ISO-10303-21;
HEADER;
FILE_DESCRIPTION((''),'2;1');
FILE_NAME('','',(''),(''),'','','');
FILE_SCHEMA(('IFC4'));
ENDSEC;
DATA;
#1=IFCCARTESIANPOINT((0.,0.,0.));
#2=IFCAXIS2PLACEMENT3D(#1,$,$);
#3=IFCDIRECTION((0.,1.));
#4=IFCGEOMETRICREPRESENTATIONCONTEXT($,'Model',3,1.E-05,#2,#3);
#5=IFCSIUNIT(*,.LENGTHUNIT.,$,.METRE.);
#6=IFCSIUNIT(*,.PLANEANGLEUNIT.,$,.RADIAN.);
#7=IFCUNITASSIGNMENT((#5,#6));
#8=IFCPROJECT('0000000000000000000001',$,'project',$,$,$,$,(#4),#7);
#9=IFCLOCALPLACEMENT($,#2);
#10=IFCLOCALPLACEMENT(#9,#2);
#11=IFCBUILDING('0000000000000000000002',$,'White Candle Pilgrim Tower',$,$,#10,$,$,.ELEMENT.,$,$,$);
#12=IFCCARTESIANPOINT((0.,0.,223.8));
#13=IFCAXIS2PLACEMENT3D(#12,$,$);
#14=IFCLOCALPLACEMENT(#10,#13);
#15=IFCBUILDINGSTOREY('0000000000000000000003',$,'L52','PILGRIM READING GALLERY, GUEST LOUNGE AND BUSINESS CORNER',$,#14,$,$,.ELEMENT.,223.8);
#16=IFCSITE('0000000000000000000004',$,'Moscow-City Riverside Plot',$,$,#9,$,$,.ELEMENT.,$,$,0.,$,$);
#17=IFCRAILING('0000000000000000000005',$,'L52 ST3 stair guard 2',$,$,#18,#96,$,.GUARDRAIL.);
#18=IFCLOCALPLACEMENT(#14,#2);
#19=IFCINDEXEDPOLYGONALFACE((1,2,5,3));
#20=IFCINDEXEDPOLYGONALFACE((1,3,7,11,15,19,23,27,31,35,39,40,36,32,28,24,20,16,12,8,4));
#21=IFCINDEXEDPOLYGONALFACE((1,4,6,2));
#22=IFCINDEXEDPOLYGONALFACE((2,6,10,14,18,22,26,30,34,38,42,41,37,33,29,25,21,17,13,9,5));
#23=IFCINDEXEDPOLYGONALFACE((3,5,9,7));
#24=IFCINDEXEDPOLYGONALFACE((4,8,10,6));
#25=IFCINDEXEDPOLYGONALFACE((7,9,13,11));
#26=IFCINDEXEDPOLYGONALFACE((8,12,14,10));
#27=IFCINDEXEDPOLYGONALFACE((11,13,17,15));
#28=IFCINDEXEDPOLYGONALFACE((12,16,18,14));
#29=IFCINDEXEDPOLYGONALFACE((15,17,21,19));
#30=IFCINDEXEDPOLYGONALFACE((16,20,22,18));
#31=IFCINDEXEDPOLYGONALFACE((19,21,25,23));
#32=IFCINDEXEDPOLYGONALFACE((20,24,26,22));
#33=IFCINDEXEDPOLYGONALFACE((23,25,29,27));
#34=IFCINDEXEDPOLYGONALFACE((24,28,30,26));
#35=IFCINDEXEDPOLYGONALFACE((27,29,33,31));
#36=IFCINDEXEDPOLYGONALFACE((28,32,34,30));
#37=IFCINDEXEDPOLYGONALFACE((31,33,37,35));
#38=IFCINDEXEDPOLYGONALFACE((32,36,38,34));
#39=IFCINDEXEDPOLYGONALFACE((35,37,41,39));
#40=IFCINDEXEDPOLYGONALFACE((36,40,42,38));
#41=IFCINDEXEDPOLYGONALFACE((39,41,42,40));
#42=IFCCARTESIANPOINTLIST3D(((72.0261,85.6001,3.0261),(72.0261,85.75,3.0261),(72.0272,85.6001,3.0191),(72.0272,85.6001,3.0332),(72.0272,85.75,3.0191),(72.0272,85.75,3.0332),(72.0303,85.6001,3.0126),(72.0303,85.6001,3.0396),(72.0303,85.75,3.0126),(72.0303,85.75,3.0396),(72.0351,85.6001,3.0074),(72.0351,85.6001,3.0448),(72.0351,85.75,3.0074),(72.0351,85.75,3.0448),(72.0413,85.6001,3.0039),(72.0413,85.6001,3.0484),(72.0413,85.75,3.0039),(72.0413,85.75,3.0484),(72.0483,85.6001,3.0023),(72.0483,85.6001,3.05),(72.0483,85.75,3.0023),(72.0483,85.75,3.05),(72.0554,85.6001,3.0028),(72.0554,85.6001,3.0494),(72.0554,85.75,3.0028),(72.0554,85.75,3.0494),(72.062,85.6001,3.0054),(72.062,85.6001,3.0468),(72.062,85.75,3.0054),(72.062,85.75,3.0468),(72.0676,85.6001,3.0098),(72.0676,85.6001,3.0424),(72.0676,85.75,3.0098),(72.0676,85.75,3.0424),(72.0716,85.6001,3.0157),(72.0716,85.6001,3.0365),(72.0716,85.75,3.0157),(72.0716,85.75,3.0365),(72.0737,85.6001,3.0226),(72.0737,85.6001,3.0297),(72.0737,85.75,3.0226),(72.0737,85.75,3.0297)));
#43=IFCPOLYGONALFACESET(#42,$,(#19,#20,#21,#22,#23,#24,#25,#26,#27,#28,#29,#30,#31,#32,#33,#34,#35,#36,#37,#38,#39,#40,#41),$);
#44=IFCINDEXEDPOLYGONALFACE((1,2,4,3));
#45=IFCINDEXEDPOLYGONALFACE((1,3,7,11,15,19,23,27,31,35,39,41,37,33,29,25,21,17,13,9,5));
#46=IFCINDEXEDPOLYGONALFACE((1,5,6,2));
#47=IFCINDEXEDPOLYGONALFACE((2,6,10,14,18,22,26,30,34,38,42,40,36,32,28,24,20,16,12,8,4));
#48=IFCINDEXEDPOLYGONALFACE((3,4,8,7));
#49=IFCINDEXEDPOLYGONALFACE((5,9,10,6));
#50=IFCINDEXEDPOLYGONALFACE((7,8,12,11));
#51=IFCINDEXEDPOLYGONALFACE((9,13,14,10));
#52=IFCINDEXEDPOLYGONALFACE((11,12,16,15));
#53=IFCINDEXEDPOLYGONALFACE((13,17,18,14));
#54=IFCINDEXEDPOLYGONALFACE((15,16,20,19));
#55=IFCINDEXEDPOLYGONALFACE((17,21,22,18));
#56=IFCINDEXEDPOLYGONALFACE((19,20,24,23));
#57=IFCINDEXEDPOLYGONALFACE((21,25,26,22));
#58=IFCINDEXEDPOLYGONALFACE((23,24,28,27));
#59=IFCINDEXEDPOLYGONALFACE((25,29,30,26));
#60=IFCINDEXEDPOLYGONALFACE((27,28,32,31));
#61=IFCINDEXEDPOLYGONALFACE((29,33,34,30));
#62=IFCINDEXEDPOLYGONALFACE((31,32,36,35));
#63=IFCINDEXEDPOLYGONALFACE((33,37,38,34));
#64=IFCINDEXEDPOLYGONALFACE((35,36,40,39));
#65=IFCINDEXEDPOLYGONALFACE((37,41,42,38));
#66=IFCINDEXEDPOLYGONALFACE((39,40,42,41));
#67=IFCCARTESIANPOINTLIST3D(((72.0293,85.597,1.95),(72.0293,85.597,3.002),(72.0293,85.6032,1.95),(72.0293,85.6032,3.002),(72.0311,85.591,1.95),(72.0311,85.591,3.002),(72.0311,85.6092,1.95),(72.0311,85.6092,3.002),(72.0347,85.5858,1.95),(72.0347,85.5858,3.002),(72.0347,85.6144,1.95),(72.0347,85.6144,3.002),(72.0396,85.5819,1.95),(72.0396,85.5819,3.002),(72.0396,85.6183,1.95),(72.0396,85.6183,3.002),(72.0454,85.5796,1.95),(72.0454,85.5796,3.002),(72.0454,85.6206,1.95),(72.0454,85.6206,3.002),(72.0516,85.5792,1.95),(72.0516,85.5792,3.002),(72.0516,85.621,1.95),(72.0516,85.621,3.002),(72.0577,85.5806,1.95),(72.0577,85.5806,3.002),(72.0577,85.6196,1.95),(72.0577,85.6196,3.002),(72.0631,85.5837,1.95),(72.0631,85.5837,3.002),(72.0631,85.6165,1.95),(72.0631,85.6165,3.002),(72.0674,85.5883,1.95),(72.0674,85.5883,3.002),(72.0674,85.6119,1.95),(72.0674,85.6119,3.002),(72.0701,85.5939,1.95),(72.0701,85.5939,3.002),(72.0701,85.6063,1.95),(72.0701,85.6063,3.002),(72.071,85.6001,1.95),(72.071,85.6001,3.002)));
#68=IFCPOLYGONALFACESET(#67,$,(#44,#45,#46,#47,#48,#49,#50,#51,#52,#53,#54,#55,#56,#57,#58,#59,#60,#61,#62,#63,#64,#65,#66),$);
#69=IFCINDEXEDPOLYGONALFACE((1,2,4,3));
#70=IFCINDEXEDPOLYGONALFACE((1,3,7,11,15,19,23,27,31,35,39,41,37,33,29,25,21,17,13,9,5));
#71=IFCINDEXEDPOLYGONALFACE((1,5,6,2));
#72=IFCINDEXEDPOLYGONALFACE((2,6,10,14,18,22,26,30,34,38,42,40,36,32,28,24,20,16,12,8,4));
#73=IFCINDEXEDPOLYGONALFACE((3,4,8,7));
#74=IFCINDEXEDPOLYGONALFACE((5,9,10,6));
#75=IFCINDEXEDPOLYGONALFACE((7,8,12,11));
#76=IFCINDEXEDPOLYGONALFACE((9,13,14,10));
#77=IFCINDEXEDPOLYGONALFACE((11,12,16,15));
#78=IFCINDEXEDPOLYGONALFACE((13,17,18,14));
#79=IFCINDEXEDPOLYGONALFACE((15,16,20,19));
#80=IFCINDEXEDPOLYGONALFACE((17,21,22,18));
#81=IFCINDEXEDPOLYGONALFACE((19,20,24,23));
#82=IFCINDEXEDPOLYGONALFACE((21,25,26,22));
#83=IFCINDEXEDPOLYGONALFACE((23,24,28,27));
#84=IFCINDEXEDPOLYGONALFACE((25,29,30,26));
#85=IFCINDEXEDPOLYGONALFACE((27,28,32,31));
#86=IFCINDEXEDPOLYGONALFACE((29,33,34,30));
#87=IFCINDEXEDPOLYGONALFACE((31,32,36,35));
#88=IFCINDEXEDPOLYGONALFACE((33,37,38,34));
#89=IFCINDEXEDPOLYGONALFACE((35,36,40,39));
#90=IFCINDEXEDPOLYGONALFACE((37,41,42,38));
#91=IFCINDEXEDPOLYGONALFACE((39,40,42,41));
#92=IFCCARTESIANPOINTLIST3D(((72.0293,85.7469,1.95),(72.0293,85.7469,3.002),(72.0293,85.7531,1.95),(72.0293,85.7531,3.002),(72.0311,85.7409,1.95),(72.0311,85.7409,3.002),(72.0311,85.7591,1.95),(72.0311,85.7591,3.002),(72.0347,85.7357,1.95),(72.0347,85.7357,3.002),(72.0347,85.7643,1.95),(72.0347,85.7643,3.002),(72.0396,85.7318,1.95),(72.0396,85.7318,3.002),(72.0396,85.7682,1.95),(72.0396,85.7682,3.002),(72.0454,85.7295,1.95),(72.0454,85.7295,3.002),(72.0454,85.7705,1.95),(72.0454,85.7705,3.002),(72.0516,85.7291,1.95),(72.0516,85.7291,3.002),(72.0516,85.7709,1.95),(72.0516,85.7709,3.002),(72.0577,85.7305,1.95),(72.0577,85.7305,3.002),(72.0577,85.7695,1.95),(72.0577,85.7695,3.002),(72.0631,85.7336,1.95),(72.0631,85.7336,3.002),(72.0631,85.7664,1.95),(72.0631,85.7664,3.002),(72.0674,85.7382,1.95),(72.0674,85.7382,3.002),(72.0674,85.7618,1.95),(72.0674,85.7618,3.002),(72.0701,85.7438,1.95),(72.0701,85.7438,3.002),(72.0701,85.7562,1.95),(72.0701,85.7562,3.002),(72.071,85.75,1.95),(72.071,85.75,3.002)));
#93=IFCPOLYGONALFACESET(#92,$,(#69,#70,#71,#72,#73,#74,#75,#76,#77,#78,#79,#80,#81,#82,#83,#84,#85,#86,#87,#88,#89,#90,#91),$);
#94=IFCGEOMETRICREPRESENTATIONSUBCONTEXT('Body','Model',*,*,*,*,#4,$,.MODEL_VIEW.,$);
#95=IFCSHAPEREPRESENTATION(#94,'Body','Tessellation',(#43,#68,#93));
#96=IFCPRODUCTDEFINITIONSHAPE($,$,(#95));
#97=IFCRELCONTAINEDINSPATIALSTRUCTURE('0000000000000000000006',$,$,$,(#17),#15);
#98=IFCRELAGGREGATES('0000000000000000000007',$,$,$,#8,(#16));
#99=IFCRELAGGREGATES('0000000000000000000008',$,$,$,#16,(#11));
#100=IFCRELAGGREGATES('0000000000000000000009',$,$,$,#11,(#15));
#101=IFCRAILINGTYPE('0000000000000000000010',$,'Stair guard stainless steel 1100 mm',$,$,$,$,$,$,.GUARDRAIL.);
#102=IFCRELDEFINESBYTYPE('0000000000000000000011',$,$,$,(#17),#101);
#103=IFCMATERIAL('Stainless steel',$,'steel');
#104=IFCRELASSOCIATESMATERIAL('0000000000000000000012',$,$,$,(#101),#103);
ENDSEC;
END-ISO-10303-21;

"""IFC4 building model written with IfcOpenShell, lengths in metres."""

from ifc_helpers import new_model, si_unit, direction, frame, origin, origin_2d, place, context, subcontext, project, spatial, circle, extrude, material, type_object, element, save


model = new_model("IFC4")

# Units and contexts
model_context = context("Model", 3, precision=1e-05, world=origin(), true_north=direction((0.0, 1.0)))
body_context = subcontext(model_context, "Body", "Model", "MODEL_VIEW")
ifc_project = project(units=[si_unit("LENGTHUNIT", "METRE"), si_unit("PLANEANGLEUNIT", "RADIAN")], contexts=[model_context])

# Site, building, storey
site_placement = place(None, origin())
site = spatial("IfcSite", under=ifc_project, at=site_placement, Name="Moscow-City Riverside Plot", CompositionType="ELEMENT", RefElevation=0.0)
building_placement = place(site_placement, origin())
building = spatial("IfcBuilding", under=site, at=building_placement, Name="White Candle Pilgrim Tower", CompositionType="ELEMENT")
storey_placement = place(building_placement, frame((0.0, 0.0, 223.8)))
storey = spatial("IfcBuildingStorey", under=building, at=storey_placement, Name="L52", Description="PILGRIM READING GALLERY, GUEST LOUNGE AND BUSINESS CORNER", CompositionType="ELEMENT", Elevation=223.8)

# Shared definitions
ifc_material_1 = material(Name="Stainless steel", Category="steel")

# Railing
railing_type_1 = type_object("IfcRailingType", Name="Stair guard stainless steel 1100 mm", PredefinedType="GUARDRAIL", material=ifc_material_1)
railing_1_placement = place(storey_placement, frame((72.05, 85.6001, 1.95)))
element("IfcRailing", 1, at=railing_1_placement, inside=storey, type_object=railing_type_1, Name="L52 ST3 stair guard 2", PredefinedType="GUARDRAIL", context=body_context, shape_type="SweptSolid", body=[
    extrude(circle(Radius=0.0239, at=origin_2d()), frame((0.0, 0.0, 1.0762), z_axis=(0.0, 1.0, 0.0), x_axis=(-1.0, 0.0, 0.0)), (0.0, 0.0, 1.0), 0.1499),
    extrude(circle(Radius=0.021, at=origin_2d()), origin(), (0.0, 0.0, 1.0), 1.052),
    extrude(circle(Radius=0.021, at=origin_2d()), frame((0.0, 0.1499, 0.0)), (0.0, 0.0, 1.0), 1.052),
])

save(model, "model.ifc")
